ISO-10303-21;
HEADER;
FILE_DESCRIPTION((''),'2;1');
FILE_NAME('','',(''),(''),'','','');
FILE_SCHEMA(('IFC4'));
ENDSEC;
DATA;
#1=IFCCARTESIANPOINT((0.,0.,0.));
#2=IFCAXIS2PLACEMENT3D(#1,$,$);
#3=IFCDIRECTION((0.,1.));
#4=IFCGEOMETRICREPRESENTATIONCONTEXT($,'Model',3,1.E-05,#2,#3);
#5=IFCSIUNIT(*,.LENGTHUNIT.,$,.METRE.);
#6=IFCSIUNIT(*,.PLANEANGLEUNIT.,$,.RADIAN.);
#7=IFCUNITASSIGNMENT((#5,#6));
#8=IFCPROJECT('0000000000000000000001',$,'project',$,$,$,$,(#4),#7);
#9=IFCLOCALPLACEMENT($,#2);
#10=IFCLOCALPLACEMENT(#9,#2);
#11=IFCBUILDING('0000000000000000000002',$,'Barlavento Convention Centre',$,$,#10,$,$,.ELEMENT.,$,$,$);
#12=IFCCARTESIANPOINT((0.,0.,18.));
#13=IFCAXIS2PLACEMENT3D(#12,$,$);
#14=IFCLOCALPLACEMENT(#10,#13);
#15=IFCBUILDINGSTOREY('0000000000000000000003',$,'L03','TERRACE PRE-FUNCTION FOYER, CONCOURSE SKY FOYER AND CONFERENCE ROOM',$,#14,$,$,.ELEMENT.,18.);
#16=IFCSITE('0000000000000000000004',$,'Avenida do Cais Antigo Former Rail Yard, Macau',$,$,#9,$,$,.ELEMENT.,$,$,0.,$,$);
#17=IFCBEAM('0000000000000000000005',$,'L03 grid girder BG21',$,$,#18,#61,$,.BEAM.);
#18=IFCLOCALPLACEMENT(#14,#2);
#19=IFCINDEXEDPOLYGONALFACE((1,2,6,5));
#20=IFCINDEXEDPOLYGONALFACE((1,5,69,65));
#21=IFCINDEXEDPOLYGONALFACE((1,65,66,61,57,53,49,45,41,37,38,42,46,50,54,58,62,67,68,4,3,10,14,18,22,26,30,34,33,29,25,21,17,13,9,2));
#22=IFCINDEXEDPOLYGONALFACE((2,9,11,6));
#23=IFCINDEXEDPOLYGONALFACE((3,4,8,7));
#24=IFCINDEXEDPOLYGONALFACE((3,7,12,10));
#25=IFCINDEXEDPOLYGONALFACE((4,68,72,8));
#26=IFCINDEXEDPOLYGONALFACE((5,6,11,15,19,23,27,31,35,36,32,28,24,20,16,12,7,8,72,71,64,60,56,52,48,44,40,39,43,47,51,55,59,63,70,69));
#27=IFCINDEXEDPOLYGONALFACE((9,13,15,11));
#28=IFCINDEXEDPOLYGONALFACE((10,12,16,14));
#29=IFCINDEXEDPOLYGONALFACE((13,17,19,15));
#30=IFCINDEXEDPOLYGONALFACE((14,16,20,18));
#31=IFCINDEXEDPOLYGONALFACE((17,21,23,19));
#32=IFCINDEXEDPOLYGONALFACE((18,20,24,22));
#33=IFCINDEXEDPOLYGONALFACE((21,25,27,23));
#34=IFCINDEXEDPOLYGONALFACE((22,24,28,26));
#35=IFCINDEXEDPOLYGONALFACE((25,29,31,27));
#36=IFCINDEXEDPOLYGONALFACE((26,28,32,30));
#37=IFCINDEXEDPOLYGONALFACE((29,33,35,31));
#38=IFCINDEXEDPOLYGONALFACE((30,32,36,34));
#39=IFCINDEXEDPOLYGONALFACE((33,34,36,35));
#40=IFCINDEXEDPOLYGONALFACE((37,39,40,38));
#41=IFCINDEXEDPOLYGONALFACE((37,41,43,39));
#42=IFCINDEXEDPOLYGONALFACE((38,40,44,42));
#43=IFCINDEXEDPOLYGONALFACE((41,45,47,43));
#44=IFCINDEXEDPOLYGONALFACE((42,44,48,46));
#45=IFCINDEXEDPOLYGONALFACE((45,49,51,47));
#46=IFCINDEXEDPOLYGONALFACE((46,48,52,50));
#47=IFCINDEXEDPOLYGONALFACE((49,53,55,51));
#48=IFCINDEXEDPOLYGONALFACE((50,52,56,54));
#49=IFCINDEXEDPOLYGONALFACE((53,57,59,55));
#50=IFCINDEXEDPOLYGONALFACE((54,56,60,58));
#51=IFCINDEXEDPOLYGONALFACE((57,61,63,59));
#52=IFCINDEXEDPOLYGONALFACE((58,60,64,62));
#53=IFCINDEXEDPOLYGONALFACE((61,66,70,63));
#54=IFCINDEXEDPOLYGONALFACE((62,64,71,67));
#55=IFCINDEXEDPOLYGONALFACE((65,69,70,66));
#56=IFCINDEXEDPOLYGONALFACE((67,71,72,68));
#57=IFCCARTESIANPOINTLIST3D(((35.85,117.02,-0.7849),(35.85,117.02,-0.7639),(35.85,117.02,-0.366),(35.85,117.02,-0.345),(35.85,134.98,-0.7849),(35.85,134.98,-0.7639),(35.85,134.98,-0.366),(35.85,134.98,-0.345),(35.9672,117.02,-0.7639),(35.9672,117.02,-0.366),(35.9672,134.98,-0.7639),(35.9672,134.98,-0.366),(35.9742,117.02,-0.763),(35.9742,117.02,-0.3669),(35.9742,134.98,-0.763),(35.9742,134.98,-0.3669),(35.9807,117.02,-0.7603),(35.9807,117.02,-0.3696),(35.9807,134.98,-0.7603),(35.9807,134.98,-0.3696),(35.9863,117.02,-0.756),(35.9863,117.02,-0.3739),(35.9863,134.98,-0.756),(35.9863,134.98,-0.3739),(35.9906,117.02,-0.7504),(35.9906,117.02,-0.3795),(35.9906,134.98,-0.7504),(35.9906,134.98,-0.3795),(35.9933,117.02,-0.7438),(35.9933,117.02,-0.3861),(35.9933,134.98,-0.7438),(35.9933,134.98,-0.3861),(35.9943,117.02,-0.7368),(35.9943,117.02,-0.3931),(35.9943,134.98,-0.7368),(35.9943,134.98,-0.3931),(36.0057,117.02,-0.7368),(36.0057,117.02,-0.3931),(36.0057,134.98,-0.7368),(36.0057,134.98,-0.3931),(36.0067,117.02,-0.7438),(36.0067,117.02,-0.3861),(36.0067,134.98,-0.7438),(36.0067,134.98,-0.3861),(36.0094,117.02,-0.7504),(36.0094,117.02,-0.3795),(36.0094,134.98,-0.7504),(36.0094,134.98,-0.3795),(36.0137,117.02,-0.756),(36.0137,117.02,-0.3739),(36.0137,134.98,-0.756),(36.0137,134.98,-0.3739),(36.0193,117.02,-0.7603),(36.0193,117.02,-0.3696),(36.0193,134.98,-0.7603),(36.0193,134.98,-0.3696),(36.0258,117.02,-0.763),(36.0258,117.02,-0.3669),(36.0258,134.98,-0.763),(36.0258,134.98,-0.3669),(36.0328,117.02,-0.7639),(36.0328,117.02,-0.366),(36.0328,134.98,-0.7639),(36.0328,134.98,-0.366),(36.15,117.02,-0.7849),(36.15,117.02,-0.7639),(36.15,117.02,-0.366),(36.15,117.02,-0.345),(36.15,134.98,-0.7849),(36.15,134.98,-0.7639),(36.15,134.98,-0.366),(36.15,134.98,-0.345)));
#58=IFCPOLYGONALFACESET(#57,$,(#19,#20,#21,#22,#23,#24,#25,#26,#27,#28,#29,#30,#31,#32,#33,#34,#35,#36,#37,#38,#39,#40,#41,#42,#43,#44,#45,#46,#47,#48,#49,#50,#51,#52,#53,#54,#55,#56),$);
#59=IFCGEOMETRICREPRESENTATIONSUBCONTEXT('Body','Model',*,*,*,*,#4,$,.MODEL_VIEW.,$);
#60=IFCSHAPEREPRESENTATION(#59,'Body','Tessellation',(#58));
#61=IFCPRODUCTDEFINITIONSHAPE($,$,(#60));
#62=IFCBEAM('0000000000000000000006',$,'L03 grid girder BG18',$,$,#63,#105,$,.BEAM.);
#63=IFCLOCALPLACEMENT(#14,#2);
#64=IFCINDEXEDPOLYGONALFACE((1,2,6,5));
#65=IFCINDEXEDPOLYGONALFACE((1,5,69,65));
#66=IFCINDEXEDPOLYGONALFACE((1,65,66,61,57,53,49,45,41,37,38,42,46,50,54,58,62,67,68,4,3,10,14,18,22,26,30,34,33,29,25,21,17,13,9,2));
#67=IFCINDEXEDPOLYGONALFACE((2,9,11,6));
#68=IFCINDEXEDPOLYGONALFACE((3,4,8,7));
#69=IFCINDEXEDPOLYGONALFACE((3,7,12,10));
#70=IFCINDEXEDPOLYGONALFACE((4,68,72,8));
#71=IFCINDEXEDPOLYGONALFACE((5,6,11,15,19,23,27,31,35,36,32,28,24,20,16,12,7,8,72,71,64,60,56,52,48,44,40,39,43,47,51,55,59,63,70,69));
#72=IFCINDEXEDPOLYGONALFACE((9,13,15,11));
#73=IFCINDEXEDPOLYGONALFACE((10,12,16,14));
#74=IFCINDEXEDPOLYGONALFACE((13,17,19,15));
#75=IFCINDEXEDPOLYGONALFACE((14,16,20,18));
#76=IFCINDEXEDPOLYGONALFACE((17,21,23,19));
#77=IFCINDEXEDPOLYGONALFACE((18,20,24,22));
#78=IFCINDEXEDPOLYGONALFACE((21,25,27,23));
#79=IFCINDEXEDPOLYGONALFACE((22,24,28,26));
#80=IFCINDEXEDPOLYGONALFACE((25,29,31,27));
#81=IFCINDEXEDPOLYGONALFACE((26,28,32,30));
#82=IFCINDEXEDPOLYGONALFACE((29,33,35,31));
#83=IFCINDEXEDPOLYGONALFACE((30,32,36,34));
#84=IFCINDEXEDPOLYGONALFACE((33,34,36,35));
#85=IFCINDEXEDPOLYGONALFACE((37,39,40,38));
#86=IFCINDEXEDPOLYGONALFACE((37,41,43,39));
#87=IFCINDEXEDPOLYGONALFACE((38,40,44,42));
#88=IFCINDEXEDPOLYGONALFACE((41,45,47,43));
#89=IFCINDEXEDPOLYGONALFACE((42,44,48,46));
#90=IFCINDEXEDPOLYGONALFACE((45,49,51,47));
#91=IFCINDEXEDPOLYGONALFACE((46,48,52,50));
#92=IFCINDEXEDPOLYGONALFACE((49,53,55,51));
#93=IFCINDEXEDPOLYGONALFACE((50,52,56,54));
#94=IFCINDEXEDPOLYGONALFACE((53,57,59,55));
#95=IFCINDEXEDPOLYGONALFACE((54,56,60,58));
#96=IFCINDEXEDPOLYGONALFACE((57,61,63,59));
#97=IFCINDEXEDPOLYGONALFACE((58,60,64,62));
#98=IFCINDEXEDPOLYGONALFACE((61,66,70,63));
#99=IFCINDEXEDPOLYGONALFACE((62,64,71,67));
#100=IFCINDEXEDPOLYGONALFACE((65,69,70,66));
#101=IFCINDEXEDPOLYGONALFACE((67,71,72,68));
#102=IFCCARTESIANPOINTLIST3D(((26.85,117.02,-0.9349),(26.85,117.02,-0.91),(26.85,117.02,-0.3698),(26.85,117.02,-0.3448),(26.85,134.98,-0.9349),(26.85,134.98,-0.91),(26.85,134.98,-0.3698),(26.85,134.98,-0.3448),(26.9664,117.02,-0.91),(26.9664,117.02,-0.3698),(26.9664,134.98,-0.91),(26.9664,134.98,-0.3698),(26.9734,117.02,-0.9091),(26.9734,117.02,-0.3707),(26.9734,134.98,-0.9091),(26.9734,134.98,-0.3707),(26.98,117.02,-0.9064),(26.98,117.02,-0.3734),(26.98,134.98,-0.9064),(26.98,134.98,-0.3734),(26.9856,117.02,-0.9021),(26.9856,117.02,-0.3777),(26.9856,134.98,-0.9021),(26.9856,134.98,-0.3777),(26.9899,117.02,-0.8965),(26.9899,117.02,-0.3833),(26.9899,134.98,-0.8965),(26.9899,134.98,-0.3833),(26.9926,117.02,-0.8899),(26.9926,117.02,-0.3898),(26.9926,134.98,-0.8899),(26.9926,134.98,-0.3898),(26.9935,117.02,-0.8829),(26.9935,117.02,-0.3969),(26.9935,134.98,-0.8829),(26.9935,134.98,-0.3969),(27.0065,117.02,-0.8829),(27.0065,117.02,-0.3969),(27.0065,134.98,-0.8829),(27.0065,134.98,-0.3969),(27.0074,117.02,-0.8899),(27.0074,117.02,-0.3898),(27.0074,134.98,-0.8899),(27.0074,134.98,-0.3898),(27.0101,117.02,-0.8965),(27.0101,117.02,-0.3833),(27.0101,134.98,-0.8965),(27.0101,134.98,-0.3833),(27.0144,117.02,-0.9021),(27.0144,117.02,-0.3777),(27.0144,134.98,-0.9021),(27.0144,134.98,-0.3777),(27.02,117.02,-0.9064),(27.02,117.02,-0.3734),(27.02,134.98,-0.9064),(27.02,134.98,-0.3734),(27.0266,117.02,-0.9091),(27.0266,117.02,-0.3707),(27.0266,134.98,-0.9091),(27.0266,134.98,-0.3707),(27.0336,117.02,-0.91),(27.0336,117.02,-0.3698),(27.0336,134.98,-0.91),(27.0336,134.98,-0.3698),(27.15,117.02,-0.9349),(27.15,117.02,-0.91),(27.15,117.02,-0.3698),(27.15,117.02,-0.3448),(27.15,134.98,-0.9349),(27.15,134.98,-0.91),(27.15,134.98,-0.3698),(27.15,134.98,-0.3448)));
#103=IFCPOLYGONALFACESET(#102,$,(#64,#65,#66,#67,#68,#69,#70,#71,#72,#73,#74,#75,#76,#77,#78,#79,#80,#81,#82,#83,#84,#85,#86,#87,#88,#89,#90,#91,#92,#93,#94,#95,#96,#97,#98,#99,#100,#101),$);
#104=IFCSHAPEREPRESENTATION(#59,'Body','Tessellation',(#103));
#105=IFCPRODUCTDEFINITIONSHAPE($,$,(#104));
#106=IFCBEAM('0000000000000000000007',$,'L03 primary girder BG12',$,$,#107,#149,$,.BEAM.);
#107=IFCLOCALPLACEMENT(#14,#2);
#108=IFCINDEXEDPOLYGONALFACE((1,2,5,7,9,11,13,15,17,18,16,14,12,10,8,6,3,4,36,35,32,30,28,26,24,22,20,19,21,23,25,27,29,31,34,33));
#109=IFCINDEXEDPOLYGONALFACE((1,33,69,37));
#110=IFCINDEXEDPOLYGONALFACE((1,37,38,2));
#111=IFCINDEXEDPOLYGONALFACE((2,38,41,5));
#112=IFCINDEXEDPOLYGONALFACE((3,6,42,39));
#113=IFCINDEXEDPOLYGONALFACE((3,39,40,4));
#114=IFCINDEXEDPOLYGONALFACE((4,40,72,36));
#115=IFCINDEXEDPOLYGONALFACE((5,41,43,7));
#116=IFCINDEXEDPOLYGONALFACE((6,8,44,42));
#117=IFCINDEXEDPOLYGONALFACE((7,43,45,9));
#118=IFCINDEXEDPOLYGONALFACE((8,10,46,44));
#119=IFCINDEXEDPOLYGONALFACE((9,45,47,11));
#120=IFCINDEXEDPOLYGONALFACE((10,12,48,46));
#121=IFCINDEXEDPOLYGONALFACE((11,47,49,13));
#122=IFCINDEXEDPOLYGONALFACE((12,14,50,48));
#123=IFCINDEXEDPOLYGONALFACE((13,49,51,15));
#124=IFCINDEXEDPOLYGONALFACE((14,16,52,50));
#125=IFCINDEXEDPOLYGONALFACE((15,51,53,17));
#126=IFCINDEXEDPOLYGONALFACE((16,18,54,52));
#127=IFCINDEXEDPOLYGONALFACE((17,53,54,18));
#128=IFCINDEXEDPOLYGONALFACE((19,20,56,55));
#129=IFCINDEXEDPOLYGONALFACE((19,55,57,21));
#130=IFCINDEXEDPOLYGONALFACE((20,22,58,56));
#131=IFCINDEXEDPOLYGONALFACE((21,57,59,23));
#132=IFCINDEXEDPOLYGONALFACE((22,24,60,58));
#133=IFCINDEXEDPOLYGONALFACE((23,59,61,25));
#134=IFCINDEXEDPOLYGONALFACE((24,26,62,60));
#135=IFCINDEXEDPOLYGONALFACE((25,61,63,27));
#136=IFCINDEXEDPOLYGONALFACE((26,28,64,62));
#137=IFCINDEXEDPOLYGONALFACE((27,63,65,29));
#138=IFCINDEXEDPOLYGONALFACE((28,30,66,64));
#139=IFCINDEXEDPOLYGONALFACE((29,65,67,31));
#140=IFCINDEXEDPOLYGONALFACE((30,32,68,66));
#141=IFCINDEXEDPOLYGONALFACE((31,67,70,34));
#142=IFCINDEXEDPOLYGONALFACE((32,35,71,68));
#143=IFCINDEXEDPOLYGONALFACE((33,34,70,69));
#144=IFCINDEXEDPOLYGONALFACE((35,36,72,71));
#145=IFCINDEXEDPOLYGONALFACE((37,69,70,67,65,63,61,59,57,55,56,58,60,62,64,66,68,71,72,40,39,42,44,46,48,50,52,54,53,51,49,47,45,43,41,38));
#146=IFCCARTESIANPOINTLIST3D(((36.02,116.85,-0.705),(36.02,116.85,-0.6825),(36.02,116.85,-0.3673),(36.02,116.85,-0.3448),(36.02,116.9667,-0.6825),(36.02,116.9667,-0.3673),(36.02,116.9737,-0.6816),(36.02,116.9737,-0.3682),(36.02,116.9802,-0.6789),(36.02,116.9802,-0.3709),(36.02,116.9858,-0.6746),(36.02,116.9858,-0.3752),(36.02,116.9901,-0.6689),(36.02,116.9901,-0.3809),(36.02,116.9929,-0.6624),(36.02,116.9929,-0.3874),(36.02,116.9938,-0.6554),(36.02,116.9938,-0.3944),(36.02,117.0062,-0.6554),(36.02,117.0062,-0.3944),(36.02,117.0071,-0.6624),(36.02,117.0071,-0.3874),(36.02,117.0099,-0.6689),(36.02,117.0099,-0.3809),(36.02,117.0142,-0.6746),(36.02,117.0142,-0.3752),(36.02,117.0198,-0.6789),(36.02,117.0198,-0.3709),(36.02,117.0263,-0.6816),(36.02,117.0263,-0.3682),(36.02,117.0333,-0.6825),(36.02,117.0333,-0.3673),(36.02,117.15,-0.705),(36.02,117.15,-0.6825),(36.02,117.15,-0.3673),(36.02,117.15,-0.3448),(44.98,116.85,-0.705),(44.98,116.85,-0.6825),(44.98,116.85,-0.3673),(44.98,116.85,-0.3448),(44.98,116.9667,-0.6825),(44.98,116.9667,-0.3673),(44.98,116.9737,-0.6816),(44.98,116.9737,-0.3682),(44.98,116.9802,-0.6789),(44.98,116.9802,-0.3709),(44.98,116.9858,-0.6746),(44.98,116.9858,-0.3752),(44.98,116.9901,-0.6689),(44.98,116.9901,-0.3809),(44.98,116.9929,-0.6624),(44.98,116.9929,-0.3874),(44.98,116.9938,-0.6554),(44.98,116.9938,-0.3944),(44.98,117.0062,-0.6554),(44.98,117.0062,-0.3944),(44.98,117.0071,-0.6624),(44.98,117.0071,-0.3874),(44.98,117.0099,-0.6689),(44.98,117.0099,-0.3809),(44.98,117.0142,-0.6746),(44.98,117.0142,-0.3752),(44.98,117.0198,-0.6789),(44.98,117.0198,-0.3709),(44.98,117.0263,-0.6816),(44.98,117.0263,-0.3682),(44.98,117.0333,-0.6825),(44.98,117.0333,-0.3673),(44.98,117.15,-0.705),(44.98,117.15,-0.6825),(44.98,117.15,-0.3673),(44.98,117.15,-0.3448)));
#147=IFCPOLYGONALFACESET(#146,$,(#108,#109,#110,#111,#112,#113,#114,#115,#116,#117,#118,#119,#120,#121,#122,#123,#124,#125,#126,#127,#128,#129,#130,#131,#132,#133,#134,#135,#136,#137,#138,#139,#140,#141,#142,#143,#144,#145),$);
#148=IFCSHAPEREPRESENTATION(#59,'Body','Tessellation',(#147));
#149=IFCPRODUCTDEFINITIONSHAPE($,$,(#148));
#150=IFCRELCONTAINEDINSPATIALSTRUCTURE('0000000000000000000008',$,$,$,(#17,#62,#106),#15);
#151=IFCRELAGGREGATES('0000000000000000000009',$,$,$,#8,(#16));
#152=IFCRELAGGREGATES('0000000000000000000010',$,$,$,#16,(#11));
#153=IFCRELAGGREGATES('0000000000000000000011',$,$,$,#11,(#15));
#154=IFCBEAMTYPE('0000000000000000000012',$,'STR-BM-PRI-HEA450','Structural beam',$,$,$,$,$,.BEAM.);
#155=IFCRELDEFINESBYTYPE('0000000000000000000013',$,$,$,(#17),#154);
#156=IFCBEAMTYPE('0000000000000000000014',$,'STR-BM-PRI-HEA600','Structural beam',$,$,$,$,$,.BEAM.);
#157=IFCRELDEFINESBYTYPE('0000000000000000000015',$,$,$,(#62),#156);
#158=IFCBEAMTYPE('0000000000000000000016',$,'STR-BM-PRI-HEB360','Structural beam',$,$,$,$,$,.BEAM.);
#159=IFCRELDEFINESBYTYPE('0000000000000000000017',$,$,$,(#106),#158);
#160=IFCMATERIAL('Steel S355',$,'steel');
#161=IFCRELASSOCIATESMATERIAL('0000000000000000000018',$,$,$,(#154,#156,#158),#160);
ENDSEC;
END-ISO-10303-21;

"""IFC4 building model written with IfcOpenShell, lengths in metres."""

from ifc_helpers import new_model, si_unit, direction, frame, origin, origin_2d, place, context, subcontext, project, spatial, i_section, extrude, material, material_profile, profile_set, type_object, element, save


model = new_model("IFC4")

# Units and contexts
model_context = context("Model", 3, precision=1e-05, world=origin(), true_north=direction((0.0, 1.0)))
body_context = subcontext(model_context, "Body", "Model", "MODEL_VIEW")
ifc_project = project(units=[si_unit("LENGTHUNIT", "METRE"), si_unit("PLANEANGLEUNIT", "RADIAN")], contexts=[model_context])

# Site, building, storey
site_placement = place(None, origin())
site = spatial("IfcSite", under=ifc_project, at=site_placement, Name="Avenida do Cais Antigo Former Rail Yard, Macau", CompositionType="ELEMENT", RefElevation=0.0)
building_placement = place(site_placement, origin())
building = spatial("IfcBuilding", under=site, at=building_placement, Name="Barlavento Convention Centre", CompositionType="ELEMENT")
storey_placement = place(building_placement, frame((0.0, 0.0, 18.0)))
storey = spatial("IfcBuildingStorey", under=building, at=storey_placement, Name="L03", Description="TERRACE PRE-FUNCTION FOYER, CONCOURSE SKY FOYER AND CONFERENCE ROOM", CompositionType="ELEMENT", Elevation=18.0)

# Beams
ifc_material_1 = material(Name="Steel S355", Category="steel")
ifc_material_profile_1 = material_profile(ifc_material_1, i_section(OverallWidth=0.3, OverallDepth=0.4399, WebThickness=0.0115, FlangeThickness=0.021, FilletRadius=0.0271, at=origin_2d()), Name="HEA 450")
ifc_profile_set_1 = profile_set([ifc_material_profile_1], Name="Steel S355")
beam_type_1 = type_object("IfcBeamType", Name="STR-BM-PRI-HEA450", Description="Structural beam", PredefinedType="BEAM", material=ifc_profile_set_1)
beam_1_placement = place(storey_placement, frame((36.0, 117.02, -0.5649), z_axis=(0.0, 1.0, 0.0), x_axis=(-1.0, 0.0, 0.0)))
element("IfcBeam", 1, at=beam_1_placement, inside=storey, type_object=beam_type_1, Name="L03 grid girder BG21", PredefinedType="BEAM", context=body_context, shape_type="SweptSolid", body=[
    extrude(i_section(OverallWidth=0.3, OverallDepth=0.4399, WebThickness=0.0115, FlangeThickness=0.021, FilletRadius=0.0271, at=origin_2d()), origin(), (0.0, 0.0, 1.0), 17.96),
])
ifc_material_profile_2 = material_profile(ifc_material_1, i_section(OverallWidth=0.3, OverallDepth=0.5901, WebThickness=0.0129, FlangeThickness=0.0249, FilletRadius=0.0271, at=origin_2d()), Name="HEA 600")
ifc_profile_set_2 = profile_set([ifc_material_profile_2], Name="Steel S355")
beam_type_2 = type_object("IfcBeamType", Name="STR-BM-PRI-HEA600", Description="Structural beam", PredefinedType="BEAM", material=ifc_profile_set_2)
beam_2_placement = place(storey_placement, frame((27.0, 117.02, -0.6399), z_axis=(0.0, 1.0, 0.0), x_axis=(-1.0, 0.0, 0.0)))
element("IfcBeam", 2, at=beam_2_placement, inside=storey, type_object=beam_type_2, Name="L03 grid girder BG18", PredefinedType="BEAM", context=body_context, shape_type="SweptSolid", body=[
    extrude(i_section(OverallWidth=0.3, OverallDepth=0.5901, WebThickness=0.0129, FlangeThickness=0.0249, FilletRadius=0.0271, at=origin_2d()), origin(), (0.0, 0.0, 1.0), 17.96),
])
ifc_material_profile_3 = material_profile(ifc_material_1, i_section(OverallWidth=0.3, OverallDepth=0.3601, WebThickness=0.0125, FlangeThickness=0.0225, FilletRadius=0.0271, at=origin_2d()), Name="HEB 360")
ifc_profile_set_3 = profile_set([ifc_material_profile_3], Name="Steel S355")
beam_type_3 = type_object("IfcBeamType", Name="STR-BM-PRI-HEB360", Description="Structural beam", PredefinedType="BEAM", material=ifc_profile_set_3)
beam_3_placement = place(storey_placement, frame((36.02, 117.0, -0.5249), z_axis=(1.0, 0.0, 0.0), x_axis=(0.0, 1.0, 0.0)))
element("IfcBeam", 3, at=beam_3_placement, inside=storey, type_object=beam_type_3, Name="L03 primary girder BG12", PredefinedType="BEAM", context=body_context, shape_type="SweptSolid", body=[
    extrude(i_section(OverallWidth=0.3, OverallDepth=0.3601, WebThickness=0.0125, FlangeThickness=0.0225, FilletRadius=0.0271, at=origin_2d()), origin(), (0.0, 0.0, 1.0), 8.96),
])

save(model, "model.ifc")
